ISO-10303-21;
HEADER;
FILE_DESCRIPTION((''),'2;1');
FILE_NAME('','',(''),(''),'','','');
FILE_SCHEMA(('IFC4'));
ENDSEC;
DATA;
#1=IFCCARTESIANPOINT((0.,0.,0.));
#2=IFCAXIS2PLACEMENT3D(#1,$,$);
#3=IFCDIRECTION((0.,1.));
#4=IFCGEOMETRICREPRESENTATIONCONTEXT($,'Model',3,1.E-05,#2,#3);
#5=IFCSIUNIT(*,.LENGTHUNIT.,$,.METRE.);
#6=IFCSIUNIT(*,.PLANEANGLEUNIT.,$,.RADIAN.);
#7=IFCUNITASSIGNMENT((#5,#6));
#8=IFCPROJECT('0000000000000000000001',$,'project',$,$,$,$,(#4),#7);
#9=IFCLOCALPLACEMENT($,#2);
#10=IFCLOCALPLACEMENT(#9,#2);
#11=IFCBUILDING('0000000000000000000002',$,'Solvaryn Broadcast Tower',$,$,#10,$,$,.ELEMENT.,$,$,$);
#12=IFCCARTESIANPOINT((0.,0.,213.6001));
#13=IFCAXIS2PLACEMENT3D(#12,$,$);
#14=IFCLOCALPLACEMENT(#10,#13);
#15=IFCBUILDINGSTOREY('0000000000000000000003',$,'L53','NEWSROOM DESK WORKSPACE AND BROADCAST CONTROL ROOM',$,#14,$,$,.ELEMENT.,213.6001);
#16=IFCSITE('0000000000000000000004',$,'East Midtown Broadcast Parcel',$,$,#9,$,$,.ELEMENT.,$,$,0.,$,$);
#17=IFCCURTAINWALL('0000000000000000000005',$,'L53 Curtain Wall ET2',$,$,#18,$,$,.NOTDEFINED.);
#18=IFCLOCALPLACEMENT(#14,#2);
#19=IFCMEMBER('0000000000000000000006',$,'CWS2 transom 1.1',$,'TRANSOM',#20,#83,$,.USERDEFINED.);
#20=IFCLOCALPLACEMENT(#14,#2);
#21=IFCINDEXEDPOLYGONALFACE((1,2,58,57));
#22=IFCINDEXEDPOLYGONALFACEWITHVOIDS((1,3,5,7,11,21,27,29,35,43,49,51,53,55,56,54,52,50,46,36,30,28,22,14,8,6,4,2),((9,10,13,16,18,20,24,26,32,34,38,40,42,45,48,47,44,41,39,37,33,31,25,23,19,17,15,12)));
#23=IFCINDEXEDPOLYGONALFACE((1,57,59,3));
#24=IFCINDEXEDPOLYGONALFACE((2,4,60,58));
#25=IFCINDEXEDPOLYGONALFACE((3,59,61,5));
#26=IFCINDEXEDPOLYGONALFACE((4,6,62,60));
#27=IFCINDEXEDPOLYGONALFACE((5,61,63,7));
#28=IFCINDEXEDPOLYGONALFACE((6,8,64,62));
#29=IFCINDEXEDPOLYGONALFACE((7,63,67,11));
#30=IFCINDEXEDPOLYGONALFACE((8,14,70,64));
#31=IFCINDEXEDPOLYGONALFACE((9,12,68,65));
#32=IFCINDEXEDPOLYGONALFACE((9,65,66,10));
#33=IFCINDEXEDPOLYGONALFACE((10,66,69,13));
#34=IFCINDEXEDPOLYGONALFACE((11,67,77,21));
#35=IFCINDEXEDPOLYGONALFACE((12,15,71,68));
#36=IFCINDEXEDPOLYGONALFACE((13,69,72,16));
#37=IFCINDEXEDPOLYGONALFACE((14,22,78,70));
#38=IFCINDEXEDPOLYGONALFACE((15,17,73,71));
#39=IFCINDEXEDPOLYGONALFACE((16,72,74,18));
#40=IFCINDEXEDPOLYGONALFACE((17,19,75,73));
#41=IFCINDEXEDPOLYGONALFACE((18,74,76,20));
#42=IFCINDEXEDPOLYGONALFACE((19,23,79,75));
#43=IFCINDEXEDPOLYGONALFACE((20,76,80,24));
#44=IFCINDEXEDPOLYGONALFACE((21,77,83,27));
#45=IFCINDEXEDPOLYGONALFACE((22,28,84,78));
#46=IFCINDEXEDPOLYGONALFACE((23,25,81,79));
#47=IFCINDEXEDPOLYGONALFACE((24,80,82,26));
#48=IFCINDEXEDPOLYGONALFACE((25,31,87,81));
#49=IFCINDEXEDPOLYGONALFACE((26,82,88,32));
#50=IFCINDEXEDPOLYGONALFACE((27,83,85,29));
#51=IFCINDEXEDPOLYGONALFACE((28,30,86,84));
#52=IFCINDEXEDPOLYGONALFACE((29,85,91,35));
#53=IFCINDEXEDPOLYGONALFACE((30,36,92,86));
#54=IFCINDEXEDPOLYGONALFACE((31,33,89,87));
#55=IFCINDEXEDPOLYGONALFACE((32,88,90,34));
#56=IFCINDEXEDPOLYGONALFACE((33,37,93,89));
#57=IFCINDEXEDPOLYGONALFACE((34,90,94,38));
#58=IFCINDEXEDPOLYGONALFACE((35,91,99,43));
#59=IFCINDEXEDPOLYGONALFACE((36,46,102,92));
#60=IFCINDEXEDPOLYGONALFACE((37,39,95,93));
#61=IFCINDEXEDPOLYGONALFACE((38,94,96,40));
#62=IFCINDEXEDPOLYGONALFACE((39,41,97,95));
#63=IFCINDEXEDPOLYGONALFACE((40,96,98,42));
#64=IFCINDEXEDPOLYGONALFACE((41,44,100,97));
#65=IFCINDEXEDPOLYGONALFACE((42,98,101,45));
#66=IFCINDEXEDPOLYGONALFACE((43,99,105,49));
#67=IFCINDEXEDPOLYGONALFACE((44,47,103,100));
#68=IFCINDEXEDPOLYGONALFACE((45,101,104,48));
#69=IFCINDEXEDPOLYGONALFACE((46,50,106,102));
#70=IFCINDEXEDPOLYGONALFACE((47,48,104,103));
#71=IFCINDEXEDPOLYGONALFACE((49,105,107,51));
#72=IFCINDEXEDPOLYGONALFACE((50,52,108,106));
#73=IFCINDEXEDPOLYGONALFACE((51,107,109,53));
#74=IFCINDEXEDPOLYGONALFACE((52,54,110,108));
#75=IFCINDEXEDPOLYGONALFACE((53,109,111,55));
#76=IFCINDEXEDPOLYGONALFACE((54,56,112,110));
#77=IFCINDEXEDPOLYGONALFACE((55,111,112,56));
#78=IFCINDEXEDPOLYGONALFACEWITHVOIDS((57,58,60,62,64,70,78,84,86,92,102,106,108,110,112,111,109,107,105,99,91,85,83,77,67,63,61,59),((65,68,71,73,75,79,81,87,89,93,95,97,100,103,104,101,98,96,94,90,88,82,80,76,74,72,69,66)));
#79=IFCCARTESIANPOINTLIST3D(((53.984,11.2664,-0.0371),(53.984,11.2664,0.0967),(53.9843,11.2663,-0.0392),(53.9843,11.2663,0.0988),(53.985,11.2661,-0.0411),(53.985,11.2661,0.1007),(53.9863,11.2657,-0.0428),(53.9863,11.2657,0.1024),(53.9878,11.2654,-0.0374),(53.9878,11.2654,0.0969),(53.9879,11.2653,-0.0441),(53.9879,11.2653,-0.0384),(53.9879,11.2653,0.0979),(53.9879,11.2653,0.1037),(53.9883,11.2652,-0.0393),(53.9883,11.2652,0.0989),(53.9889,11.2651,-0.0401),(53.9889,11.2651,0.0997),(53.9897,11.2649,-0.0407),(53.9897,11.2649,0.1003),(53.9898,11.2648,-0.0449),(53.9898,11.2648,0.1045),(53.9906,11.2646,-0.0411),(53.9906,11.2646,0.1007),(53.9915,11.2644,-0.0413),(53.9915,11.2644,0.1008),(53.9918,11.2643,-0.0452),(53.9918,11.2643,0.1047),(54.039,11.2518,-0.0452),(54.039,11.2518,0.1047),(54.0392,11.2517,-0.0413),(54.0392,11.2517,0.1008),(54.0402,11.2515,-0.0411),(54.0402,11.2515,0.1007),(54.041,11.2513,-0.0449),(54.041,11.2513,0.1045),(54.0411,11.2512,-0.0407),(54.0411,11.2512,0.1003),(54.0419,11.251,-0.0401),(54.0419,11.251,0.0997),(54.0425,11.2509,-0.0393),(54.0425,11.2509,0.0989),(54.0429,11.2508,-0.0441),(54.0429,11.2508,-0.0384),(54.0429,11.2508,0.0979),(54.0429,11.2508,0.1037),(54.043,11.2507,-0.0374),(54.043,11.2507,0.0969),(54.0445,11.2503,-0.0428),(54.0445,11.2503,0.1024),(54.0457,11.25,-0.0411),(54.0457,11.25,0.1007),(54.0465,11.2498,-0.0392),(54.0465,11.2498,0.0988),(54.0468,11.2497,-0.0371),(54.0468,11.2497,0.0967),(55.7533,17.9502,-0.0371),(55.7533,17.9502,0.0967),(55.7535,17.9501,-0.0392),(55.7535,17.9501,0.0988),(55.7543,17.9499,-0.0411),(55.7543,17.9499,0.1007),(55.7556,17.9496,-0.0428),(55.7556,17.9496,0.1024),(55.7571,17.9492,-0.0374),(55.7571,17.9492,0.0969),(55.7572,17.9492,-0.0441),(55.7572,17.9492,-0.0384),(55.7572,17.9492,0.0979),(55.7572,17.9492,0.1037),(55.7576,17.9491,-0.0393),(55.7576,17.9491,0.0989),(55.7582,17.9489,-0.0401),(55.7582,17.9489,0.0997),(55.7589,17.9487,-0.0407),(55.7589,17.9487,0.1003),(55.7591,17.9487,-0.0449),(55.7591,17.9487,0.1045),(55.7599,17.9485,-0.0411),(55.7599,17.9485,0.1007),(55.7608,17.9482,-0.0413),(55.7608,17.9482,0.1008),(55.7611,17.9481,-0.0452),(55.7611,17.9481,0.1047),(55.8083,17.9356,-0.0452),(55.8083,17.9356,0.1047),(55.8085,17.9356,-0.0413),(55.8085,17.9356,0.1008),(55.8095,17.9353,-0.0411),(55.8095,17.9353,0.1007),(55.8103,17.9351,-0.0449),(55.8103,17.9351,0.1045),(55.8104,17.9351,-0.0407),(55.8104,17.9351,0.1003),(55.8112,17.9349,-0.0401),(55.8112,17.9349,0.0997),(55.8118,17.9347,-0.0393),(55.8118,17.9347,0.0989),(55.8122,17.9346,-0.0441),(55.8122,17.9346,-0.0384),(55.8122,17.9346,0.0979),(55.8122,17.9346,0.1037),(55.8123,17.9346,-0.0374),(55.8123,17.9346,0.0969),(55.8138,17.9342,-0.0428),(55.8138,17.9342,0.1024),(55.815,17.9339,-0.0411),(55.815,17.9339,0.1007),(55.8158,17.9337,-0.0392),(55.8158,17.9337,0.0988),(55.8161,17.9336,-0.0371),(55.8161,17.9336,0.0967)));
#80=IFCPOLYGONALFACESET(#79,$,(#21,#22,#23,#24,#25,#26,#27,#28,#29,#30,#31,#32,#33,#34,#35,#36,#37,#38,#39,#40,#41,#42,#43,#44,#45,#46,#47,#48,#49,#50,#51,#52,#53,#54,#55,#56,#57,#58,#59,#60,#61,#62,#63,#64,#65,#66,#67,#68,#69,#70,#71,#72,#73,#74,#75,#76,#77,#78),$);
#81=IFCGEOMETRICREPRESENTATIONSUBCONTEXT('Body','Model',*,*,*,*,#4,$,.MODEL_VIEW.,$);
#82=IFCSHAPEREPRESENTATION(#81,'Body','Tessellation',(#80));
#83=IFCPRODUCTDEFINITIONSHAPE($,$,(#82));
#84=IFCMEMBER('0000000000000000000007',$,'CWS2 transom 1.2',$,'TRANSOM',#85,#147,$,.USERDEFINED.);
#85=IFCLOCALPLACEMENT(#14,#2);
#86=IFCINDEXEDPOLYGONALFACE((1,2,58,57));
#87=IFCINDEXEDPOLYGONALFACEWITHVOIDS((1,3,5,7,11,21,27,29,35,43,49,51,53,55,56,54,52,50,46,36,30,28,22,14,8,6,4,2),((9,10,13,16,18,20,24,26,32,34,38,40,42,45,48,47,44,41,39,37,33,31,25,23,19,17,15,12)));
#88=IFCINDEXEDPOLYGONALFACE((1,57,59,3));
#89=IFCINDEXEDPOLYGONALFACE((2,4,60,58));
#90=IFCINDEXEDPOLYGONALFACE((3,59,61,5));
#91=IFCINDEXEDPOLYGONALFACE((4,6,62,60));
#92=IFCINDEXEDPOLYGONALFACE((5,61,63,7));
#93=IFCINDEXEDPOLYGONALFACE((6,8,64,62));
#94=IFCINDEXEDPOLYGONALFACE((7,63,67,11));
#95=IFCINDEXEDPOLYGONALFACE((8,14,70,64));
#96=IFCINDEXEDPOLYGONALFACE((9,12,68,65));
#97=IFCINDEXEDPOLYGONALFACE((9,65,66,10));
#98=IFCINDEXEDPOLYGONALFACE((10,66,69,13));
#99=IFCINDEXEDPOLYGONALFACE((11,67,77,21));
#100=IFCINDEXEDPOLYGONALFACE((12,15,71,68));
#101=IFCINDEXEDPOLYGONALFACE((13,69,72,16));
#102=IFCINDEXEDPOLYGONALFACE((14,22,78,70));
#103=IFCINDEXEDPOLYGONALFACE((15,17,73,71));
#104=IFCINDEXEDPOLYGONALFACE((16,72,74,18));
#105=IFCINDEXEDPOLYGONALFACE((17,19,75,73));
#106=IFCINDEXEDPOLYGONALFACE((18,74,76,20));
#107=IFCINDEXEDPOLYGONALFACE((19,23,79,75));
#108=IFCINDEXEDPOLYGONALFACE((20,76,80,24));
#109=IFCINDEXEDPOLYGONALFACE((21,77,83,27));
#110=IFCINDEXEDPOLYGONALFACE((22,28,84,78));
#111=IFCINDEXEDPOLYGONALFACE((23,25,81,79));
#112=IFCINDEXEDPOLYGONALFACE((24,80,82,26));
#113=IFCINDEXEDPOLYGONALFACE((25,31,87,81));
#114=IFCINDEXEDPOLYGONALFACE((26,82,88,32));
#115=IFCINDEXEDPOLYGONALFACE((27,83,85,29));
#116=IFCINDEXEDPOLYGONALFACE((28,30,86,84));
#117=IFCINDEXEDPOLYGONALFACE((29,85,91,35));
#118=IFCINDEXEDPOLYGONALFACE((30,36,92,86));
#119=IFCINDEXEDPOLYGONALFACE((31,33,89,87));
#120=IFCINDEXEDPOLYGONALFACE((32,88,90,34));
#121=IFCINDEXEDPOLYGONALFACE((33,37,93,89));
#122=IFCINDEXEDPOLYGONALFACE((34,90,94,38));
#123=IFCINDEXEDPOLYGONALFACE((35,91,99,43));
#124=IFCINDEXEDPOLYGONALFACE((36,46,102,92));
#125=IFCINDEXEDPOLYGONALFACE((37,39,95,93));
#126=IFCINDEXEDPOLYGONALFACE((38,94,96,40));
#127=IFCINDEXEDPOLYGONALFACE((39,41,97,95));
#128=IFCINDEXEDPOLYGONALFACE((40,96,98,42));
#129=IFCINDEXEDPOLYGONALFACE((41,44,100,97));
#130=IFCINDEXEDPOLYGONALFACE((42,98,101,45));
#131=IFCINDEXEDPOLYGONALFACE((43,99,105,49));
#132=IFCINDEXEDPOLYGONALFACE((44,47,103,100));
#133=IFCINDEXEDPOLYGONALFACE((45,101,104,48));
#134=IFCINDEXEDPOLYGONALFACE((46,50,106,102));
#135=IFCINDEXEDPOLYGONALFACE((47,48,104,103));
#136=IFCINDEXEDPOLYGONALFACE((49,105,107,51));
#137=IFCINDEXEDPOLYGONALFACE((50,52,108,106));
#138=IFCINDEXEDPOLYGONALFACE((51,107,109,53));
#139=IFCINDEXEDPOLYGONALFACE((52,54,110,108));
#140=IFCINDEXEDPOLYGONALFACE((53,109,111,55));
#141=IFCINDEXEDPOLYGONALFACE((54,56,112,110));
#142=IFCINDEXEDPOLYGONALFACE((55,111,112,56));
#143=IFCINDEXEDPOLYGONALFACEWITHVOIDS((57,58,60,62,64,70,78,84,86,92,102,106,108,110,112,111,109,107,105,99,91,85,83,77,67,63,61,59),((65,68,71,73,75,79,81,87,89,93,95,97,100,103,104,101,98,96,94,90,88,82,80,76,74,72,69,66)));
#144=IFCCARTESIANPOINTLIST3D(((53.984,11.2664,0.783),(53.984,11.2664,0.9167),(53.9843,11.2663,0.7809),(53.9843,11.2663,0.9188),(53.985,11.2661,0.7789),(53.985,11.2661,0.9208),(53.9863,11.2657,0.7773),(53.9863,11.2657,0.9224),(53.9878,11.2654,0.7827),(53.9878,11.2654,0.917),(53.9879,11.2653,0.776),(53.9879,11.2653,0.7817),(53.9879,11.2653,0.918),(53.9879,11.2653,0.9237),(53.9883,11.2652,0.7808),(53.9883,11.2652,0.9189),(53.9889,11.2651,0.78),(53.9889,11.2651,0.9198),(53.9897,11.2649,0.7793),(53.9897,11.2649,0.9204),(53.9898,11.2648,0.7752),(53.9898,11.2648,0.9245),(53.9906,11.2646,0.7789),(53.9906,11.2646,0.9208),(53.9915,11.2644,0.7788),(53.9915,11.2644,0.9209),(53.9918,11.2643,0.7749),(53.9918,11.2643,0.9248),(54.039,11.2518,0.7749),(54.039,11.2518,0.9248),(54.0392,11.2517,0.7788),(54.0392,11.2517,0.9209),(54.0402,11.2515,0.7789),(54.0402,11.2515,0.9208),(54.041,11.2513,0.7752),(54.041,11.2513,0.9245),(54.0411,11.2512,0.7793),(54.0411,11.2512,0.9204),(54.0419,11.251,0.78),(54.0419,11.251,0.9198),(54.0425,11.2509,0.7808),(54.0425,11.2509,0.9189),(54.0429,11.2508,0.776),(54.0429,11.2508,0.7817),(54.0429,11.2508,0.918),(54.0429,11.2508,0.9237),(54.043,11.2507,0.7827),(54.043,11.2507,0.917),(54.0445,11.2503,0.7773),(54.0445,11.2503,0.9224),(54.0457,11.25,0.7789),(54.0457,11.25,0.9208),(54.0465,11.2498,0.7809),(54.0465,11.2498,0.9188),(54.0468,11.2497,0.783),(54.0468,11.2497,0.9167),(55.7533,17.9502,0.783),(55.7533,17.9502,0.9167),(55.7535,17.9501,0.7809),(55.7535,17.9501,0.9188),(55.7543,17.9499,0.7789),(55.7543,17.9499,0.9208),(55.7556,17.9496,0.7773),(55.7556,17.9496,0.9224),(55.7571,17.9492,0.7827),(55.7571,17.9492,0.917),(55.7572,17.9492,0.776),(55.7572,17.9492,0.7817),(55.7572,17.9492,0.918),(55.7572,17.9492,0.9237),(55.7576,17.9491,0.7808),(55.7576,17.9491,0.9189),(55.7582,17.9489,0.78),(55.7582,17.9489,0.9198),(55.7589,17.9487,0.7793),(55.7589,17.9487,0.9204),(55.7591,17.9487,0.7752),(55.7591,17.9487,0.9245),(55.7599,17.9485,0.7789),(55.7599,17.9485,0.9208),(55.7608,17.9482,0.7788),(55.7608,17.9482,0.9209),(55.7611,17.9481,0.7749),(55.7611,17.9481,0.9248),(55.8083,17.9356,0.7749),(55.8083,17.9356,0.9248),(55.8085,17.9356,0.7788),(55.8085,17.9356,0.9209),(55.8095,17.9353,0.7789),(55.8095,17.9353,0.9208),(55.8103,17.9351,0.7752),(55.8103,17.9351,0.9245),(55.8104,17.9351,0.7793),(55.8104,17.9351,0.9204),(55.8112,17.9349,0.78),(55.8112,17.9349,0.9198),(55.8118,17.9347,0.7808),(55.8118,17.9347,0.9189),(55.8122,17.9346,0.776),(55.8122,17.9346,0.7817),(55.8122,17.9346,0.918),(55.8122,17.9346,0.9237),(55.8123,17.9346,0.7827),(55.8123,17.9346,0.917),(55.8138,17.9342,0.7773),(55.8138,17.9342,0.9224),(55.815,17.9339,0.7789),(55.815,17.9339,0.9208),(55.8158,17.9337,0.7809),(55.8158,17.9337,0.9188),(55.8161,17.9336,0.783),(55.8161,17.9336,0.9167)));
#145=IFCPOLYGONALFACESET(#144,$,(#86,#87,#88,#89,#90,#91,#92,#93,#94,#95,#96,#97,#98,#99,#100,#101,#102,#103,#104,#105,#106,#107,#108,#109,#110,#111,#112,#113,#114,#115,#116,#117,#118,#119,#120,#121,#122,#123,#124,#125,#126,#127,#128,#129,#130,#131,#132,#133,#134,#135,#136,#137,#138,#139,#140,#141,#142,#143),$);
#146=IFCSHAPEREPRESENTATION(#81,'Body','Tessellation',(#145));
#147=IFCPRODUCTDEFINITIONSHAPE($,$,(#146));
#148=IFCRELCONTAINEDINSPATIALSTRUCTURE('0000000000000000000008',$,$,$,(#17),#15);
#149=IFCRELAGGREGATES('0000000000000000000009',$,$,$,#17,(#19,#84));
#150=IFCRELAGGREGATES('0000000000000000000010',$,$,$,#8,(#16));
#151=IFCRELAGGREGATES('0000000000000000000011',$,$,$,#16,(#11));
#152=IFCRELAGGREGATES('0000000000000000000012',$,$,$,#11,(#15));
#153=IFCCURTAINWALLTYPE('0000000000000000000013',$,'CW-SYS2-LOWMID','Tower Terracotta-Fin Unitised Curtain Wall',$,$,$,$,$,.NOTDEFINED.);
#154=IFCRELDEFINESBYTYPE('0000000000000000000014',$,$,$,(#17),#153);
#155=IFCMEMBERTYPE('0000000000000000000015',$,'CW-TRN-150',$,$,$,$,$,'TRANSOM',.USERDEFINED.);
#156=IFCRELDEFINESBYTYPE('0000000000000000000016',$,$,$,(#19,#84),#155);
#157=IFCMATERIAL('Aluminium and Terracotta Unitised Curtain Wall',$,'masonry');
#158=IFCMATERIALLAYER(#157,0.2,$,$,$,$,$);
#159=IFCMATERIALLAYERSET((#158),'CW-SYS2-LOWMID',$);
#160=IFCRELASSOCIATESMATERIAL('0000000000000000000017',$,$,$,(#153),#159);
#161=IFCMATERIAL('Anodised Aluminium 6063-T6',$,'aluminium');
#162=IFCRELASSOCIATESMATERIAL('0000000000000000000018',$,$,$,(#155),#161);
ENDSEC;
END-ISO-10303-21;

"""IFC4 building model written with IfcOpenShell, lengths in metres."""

from ifc_helpers import new_model, si_unit, direction, frame, origin, origin_2d, place, context, subcontext, project, spatial, hollow_rectangle, extrude, material, layer, layer_set, material_profile, profile_set, type_object, element, aggregate, save


model = new_model("IFC4")

# Units and contexts
model_context = context("Model", 3, precision=1e-05, world=origin(), true_north=direction((0.0, 1.0)))
body_context = subcontext(model_context, "Body", "Model", "MODEL_VIEW")
ifc_project = project(units=[si_unit("LENGTHUNIT", "METRE"), si_unit("PLANEANGLEUNIT", "RADIAN")], contexts=[model_context])

# Site, building, storey
site_placement = place(None, origin())
site = spatial("IfcSite", under=ifc_project, at=site_placement, Name="East Midtown Broadcast Parcel", CompositionType="ELEMENT", RefElevation=0.0)
building_placement = place(site_placement, origin())
building = spatial("IfcBuilding", under=site, at=building_placement, Name="Solvaryn Broadcast Tower", CompositionType="ELEMENT")
storey_placement = place(building_placement, frame((0.0, 0.0, 213.6001)))
storey = spatial("IfcBuildingStorey", under=building, at=storey_placement, Name="L53", Description="NEWSROOM DESK WORKSPACE AND BROADCAST CONTROL ROOM", CompositionType="ELEMENT", Elevation=213.6001)

# Shared definitions
ifc_material_1 = material(Name="Aluminium and Terracotta Unitised Curtain Wall", Category="masonry")
ifc_layer_1 = layer(ifc_material_1, 0.2)
ifc_layer_set_1 = layer_set([ifc_layer_1], Name="CW-SYS2-LOWMID")
curtain_wall_type = type_object("IfcCurtainWallType", Name="CW-SYS2-LOWMID", Description="Tower Terracotta-Fin Unitised Curtain Wall", PredefinedType="NOTDEFINED", material=ifc_layer_set_1)

# Curtain wall, members
curtain_wall_1_placement = place(storey_placement, origin())
curtain_wall_1 = element("IfcCurtainWall", 1, at=curtain_wall_1_placement, inside=storey, type_object=curtain_wall_type, Name="L53 Curtain Wall ET2", PredefinedType="NOTDEFINED")
ifc_material_2 = material(Name="Anodised Aluminium 6063-T6", Category="aluminium")
ifc_material_profile_1 = material_profile(ifc_material_2, hollow_rectangle(XDim=0.0649, YDim=0.1499, WallThickness=0.0039, InnerFilletRadius=0.0039, OuterFilletRadius=0.0081, at=origin_2d()))
ifc_profile_set_1 = profile_set([ifc_material_profile_1], Name="Anodised Aluminium 6063-T6")
member_type_1 = type_object("IfcMemberType", Name="CW-TRN-150", ElementType="TRANSOM", PredefinedType="USERDEFINED", material=ifc_profile_set_1)
member_1_placement = place(storey_placement, frame((55.7847, 17.9419, 0.0298), z_axis=(-0.255897, -0.966704, 0.0), x_axis=(0.966704, -0.255897, 0.0)))
member_1 = element("IfcMember", 2, at=member_1_placement, type_object=member_type_1, Name="CWS2 transom 1.1", ObjectType="TRANSOM", PredefinedType="USERDEFINED", context=body_context, shape_type="SweptSolid", body=[
    extrude(hollow_rectangle(XDim=0.0649, YDim=0.1499, WallThickness=0.0039, InnerFilletRadius=0.0039, OuterFilletRadius=0.0081, at=origin_2d()), origin(), (0.0, 0.0, 1.0), 6.9141),
])
member_2_placement = place(storey_placement, frame((55.7847, 17.9419, 0.8499), z_axis=(-0.255897, -0.966704, 0.0), x_axis=(0.966704, -0.255897, 0.0)))
member_2 = element("IfcMember", 3, at=member_2_placement, type_object=member_type_1, Name="CWS2 transom 1.2", ObjectType="TRANSOM", PredefinedType="USERDEFINED", context=body_context, shape_type="SweptSolid", body=[
    extrude(hollow_rectangle(XDim=0.0649, YDim=0.1499, WallThickness=0.0039, InnerFilletRadius=0.0039, OuterFilletRadius=0.0081, at=origin_2d()), origin(), (0.0, 0.0, 1.0), 6.9141),
])
aggregate(curtain_wall_1, [member_1, member_2])

save(model, "model.ifc")
